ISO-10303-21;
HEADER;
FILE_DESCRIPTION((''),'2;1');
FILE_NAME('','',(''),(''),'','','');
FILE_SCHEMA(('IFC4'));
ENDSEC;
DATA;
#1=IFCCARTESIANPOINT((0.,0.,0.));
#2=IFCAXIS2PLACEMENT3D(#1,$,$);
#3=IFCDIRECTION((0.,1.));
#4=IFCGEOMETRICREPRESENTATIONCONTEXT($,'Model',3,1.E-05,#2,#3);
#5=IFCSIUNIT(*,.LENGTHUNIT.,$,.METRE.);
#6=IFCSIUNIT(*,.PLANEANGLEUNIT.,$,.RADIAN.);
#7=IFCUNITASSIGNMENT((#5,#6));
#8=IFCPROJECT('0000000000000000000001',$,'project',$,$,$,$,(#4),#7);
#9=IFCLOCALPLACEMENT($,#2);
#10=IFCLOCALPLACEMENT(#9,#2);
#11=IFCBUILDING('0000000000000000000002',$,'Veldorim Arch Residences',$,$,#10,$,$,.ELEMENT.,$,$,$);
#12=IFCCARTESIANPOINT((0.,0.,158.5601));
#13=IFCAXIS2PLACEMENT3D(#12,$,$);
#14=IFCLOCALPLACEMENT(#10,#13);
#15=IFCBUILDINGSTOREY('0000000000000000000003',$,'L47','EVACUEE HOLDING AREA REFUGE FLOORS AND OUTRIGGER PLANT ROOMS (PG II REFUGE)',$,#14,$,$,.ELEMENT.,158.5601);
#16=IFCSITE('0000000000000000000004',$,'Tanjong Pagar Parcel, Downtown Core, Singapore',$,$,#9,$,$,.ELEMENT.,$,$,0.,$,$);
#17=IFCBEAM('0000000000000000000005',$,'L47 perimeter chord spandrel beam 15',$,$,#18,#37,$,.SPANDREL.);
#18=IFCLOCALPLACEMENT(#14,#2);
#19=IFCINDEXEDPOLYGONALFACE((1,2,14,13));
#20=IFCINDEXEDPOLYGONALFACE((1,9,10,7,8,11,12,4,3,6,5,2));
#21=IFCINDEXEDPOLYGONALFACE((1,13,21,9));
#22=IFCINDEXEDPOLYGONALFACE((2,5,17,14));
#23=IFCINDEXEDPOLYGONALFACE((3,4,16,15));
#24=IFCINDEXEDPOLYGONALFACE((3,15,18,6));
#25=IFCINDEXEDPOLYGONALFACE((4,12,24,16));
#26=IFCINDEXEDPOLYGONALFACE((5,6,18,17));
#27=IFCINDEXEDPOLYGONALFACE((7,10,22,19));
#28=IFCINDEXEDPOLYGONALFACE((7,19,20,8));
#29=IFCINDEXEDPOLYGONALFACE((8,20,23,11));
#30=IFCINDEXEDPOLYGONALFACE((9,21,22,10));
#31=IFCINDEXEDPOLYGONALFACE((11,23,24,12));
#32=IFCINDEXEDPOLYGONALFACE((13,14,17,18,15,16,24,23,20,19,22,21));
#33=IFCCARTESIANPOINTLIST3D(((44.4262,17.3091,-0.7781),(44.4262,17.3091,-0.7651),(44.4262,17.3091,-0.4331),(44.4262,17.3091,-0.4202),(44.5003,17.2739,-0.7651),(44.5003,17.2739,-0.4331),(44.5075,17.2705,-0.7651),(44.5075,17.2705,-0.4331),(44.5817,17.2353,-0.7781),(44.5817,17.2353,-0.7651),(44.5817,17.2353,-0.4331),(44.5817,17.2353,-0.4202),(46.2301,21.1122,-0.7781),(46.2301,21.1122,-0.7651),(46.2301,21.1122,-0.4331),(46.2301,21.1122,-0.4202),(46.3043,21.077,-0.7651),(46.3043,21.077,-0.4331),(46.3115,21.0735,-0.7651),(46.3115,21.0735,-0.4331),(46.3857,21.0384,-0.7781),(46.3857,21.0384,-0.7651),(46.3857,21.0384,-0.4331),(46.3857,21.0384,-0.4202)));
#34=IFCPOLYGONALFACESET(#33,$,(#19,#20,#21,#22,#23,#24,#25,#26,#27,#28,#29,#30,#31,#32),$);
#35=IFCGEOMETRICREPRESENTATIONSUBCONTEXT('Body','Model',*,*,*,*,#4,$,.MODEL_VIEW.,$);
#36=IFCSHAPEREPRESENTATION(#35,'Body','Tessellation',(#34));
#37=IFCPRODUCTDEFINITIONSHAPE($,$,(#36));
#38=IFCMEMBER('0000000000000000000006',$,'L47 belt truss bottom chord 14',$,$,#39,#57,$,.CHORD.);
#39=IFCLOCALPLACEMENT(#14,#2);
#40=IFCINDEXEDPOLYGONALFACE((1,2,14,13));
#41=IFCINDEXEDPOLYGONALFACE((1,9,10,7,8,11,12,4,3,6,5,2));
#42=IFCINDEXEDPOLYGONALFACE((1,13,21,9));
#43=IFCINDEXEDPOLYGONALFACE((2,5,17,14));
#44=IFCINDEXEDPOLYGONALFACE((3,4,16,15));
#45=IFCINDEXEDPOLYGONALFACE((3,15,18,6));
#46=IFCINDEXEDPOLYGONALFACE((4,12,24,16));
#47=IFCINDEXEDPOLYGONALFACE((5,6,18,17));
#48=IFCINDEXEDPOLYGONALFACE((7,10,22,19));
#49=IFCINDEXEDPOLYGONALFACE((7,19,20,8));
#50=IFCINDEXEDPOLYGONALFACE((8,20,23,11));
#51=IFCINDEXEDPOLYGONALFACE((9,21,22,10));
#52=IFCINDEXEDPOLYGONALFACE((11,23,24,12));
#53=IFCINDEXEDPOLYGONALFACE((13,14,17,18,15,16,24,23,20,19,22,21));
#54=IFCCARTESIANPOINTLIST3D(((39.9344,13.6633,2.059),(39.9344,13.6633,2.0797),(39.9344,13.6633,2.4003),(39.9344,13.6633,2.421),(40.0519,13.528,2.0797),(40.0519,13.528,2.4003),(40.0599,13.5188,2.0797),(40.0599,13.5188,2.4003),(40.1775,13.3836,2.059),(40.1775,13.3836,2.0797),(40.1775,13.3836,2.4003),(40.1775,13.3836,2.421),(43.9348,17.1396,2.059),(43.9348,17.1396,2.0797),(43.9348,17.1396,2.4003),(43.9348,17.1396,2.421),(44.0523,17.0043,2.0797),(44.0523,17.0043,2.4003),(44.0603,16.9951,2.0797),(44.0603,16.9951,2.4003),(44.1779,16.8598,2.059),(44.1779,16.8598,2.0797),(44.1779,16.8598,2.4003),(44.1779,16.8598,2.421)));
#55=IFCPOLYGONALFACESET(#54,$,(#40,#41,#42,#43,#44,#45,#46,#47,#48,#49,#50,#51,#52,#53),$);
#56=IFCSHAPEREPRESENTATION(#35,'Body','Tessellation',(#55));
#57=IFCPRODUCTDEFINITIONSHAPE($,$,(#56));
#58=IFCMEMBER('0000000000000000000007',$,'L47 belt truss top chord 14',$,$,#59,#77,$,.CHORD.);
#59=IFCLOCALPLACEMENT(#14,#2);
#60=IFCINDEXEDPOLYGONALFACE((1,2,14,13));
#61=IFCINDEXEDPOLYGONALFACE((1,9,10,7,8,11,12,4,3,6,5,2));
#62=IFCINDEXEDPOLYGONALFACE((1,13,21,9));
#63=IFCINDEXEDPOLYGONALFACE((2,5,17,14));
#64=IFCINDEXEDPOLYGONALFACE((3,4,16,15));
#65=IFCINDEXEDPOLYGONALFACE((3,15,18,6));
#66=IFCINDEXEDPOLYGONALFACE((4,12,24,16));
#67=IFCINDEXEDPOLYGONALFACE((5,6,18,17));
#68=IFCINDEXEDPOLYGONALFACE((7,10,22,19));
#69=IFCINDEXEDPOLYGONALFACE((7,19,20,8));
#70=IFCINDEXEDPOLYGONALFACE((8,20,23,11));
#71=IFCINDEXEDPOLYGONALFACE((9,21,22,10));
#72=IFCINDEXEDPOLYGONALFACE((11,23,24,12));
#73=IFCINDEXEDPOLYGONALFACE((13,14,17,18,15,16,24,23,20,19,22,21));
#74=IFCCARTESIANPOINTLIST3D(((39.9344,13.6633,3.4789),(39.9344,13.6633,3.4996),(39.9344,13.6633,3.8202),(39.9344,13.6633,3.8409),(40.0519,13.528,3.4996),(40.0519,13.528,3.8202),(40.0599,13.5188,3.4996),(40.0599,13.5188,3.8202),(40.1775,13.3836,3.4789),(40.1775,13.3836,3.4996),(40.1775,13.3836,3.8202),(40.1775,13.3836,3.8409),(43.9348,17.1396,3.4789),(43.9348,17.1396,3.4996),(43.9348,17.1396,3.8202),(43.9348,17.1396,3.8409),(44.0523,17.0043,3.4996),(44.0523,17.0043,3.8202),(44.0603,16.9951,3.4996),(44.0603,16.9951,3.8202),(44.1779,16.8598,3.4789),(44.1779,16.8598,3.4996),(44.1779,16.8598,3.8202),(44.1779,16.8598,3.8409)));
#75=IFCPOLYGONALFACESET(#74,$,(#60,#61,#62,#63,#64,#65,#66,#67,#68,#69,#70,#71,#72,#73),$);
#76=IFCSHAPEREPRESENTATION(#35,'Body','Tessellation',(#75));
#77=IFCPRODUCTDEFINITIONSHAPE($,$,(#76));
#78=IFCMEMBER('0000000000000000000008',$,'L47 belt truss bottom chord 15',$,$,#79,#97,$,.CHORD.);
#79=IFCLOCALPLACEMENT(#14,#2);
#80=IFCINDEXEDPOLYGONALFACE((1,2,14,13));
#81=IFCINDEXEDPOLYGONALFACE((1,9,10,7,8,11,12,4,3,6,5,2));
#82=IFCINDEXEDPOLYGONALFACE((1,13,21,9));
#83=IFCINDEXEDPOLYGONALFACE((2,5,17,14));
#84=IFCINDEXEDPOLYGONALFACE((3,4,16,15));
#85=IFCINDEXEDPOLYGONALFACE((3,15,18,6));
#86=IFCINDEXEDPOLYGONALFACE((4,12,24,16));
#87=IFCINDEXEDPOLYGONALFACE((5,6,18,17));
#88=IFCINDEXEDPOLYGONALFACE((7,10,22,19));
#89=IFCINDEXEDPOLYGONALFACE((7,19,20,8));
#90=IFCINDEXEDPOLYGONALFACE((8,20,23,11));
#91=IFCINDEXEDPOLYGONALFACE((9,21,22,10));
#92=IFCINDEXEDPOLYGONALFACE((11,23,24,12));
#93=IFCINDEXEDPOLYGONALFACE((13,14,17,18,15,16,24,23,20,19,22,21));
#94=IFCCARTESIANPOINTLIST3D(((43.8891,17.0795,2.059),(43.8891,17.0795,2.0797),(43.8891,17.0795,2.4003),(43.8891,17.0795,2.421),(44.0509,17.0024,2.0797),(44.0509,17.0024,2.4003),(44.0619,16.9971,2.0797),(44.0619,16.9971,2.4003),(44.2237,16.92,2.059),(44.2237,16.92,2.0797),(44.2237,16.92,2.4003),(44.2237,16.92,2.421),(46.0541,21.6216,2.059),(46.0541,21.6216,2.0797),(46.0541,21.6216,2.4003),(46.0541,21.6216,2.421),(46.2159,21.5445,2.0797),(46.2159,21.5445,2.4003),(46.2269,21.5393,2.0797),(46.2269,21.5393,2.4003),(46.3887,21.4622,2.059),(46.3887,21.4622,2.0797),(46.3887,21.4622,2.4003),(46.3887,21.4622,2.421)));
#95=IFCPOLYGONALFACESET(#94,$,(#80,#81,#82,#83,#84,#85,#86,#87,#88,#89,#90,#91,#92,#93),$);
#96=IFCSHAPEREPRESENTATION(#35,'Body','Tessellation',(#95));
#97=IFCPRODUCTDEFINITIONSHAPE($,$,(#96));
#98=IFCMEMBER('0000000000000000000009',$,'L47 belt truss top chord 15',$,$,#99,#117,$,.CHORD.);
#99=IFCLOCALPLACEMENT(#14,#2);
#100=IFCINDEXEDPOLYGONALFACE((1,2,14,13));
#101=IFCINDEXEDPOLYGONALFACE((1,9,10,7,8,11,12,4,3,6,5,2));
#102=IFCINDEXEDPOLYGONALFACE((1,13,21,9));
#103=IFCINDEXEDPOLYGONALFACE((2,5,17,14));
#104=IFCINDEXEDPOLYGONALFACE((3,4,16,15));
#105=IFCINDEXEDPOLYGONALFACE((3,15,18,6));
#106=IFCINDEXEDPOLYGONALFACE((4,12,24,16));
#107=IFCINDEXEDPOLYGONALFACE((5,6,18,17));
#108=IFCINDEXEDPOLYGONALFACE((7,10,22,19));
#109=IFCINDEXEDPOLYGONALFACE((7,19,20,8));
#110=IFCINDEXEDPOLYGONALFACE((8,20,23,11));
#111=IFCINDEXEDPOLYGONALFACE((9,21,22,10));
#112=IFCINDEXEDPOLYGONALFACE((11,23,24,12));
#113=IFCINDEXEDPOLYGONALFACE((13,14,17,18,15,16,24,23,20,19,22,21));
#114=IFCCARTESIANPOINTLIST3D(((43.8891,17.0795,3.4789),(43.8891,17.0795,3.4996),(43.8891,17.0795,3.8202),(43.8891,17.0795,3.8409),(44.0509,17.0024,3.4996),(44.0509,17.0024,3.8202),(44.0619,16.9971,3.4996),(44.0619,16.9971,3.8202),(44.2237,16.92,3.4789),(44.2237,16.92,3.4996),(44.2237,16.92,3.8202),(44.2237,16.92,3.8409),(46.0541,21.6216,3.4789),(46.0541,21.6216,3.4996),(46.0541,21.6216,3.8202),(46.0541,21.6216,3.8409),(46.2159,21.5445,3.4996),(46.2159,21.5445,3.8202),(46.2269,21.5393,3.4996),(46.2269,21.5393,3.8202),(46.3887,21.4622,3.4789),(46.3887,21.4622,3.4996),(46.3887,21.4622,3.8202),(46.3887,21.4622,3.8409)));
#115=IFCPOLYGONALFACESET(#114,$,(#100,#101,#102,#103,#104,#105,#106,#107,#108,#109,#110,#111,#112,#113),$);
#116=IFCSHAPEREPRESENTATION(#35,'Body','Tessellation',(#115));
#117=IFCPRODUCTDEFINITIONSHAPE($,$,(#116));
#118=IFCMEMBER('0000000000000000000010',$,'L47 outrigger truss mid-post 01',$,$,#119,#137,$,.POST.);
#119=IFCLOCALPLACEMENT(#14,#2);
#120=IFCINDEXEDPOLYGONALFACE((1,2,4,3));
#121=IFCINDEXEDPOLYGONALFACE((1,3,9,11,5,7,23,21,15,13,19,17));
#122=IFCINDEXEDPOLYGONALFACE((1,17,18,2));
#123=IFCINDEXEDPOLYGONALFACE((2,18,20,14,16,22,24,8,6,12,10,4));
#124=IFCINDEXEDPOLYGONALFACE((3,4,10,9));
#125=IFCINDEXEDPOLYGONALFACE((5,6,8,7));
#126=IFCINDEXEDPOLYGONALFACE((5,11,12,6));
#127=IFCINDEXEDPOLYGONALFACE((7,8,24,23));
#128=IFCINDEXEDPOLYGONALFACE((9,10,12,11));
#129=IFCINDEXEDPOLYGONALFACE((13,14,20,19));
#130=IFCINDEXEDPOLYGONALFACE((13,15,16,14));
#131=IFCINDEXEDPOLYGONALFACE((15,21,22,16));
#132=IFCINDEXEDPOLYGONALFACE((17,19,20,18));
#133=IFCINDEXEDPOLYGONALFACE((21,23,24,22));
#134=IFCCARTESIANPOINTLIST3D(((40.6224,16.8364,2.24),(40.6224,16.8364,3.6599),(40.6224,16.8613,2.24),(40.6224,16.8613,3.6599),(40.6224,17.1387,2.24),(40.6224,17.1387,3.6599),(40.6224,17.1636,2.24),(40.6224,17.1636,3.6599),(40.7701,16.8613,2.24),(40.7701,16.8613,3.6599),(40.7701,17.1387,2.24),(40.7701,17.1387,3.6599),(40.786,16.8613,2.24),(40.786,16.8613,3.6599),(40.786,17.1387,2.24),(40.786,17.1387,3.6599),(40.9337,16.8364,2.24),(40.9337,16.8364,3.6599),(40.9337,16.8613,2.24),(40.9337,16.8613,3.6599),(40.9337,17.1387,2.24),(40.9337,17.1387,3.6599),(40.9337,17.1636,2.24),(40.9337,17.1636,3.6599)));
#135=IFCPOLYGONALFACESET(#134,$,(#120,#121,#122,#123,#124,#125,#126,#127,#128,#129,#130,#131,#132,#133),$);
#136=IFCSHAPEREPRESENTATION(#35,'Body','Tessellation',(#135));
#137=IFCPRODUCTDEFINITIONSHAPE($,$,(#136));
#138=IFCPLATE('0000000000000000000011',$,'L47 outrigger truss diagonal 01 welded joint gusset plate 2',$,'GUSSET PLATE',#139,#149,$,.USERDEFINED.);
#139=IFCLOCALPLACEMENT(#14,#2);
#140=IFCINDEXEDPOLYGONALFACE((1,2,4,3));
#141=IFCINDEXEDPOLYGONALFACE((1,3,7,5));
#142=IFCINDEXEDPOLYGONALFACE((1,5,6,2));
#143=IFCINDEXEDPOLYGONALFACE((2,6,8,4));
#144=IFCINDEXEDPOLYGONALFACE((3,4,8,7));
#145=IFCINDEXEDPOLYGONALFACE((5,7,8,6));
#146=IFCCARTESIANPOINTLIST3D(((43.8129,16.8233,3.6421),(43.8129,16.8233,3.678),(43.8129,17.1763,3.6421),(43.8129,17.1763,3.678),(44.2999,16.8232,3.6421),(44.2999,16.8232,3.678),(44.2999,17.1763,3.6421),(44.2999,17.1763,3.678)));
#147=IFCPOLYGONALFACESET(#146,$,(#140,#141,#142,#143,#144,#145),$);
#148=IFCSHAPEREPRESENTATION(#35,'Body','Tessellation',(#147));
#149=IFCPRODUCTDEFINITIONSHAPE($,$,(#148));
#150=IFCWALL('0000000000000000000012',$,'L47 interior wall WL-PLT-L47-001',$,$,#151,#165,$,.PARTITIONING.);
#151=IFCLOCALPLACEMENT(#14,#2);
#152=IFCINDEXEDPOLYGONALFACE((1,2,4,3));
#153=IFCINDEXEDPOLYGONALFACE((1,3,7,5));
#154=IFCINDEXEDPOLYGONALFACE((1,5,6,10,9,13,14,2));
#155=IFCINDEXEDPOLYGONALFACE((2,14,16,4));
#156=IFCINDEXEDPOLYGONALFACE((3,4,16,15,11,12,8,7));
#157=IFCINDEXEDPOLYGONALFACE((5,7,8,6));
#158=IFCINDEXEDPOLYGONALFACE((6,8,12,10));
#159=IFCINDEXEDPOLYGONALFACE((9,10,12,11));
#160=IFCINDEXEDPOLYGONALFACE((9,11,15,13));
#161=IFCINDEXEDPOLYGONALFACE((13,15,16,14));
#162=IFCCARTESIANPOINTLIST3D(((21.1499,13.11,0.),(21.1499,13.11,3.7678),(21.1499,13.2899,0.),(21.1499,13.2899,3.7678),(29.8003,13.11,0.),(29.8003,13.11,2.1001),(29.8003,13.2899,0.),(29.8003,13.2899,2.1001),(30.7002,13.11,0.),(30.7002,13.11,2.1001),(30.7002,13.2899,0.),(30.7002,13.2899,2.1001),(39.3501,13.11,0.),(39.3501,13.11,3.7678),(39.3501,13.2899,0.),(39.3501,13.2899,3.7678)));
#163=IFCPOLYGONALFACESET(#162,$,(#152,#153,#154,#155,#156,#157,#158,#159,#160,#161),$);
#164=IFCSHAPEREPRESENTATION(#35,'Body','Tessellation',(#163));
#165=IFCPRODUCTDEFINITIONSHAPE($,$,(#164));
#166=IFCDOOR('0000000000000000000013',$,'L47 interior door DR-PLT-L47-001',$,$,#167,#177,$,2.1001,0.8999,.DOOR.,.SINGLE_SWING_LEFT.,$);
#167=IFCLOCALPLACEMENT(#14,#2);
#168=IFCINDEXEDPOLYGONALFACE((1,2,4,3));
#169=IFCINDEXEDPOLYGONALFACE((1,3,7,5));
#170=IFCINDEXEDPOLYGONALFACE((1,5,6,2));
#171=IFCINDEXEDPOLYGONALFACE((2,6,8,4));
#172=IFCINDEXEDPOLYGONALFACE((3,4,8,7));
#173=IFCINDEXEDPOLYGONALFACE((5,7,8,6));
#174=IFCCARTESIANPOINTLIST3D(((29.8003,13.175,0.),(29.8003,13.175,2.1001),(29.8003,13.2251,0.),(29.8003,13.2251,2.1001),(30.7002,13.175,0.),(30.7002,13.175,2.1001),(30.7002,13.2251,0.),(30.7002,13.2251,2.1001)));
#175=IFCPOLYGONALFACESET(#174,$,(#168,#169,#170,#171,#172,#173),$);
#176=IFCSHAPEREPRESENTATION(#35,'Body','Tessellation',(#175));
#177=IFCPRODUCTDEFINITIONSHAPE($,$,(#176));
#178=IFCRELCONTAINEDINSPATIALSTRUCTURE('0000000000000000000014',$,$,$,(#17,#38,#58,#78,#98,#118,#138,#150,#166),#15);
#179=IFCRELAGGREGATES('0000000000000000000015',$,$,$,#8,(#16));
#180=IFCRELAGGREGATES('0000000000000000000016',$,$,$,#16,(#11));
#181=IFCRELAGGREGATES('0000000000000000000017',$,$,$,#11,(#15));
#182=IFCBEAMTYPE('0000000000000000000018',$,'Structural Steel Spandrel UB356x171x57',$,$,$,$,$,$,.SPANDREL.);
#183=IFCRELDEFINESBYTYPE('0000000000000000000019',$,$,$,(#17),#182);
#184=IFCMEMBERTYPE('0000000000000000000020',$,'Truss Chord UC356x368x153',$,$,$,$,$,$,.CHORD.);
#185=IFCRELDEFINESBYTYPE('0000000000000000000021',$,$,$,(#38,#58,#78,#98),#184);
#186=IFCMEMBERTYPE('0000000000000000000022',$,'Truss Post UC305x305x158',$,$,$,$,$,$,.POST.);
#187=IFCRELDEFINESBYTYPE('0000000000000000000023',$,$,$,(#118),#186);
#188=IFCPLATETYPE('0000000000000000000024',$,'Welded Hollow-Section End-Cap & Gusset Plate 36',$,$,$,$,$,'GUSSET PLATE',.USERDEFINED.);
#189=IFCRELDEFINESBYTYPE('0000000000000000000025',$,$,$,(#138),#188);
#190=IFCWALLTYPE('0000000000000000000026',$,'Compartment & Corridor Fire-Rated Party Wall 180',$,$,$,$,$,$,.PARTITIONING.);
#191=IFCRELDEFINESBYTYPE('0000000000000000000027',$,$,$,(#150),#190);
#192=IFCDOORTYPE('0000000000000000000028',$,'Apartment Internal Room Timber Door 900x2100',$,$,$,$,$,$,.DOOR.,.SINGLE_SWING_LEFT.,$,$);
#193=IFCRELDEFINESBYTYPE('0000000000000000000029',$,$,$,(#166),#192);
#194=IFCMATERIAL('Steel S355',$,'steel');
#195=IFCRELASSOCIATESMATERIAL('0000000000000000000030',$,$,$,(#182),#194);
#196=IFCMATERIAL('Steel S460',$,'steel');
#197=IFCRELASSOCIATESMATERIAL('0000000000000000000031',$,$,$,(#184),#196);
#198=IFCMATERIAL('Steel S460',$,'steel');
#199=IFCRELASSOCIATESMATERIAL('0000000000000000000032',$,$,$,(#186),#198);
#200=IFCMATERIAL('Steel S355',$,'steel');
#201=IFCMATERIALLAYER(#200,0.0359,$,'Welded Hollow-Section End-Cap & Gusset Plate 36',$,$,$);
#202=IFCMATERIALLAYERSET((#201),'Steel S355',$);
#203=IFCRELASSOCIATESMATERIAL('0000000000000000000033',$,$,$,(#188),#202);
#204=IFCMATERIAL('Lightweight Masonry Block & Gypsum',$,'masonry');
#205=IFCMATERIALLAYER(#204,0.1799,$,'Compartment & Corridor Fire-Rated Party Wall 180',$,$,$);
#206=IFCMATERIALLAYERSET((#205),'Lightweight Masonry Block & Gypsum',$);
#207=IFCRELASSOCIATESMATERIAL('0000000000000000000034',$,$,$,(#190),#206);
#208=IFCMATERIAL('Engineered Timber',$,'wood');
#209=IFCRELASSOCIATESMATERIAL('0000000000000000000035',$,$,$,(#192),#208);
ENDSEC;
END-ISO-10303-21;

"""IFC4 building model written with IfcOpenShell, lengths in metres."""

from ifc_helpers import new_model, si_unit, direction, frame, frame_2d, origin, origin_2d, place, context, subcontext, project, spatial, rectangle, i_section, extrude, material, layer, layer_set, material_profile, profile_set, type_object, element, fill, save


model = new_model("IFC4")

# Units and contexts
model_context = context("Model", 3, precision=1e-05, world=origin(), true_north=direction((0.0, 1.0)))
body_context = subcontext(model_context, "Body", "Model", "MODEL_VIEW")
ifc_project = project(units=[si_unit("LENGTHUNIT", "METRE"), si_unit("PLANEANGLEUNIT", "RADIAN")], contexts=[model_context])

# Site, building, storey
site_placement = place(None, origin())
site = spatial("IfcSite", under=ifc_project, at=site_placement, Name="Tanjong Pagar Parcel, Downtown Core, Singapore", CompositionType="ELEMENT", RefElevation=0.0)
building_placement = place(site_placement, origin())
building = spatial("IfcBuilding", under=site, at=building_placement, Name="Veldorim Arch Residences", CompositionType="ELEMENT")
storey_placement = place(building_placement, frame((0.0, 0.0, 158.5601)))
storey = spatial("IfcBuildingStorey", under=building, at=storey_placement, Name="L47", Description="EVACUEE HOLDING AREA REFUGE FLOORS AND OUTRIGGER PLANT ROOMS (PG II REFUGE)", CompositionType="ELEMENT", Elevation=158.5601)

# Beam
ifc_material_1 = material(Name="Steel S355", Category="steel")
ifc_material_profile_1 = material_profile(ifc_material_1, i_section(OverallWidth=0.1721, OverallDepth=0.3579, WebThickness=0.0081, FlangeThickness=0.0129, at=origin_2d()), Name="UB356x171x57")
ifc_profile_set_1 = profile_set([ifc_material_profile_1], Name="Steel S355")
beam_type_1 = type_object("IfcBeamType", Name="Structural Steel Spandrel UB356x171x57", PredefinedType="SPANDREL", material=ifc_profile_set_1)
beam_1_placement = place(storey_placement, frame((44.5039, 17.2722, -0.5991), z_axis=(0.42858, 0.903504, 0.0), x_axis=(-0.903504, 0.42858, 0.0)))
element("IfcBeam", 1, at=beam_1_placement, inside=storey, type_object=beam_type_1, Name="L47 perimeter chord spandrel beam 15", PredefinedType="SPANDREL", context=body_context, shape_type="SweptSolid", body=[
    extrude(i_section(OverallWidth=0.1721, OverallDepth=0.3579, WebThickness=0.0081, FlangeThickness=0.0129, at=origin_2d()), origin(), (0.0, 0.0, 1.0), 4.2092),
])

# Members
ifc_material_2 = material(Name="Steel S460", Category="steel")
ifc_material_profile_2 = material_profile(ifc_material_2, i_section(OverallWidth=0.3706, OverallDepth=0.3621, WebThickness=0.0122, FlangeThickness=0.0208, at=origin_2d()), Name="UC356x368x153")
ifc_profile_set_2 = profile_set([ifc_material_profile_2], Name="Steel S460")
member_type_1 = type_object("IfcMemberType", Name="Truss Chord UC356x368x153", PredefinedType="CHORD", material=ifc_profile_set_2)
for number, where, z_axis, x_axis, name in (
    (2, (40.0559, 13.5234, 2.24), (0.754827, 0.655924, 0.0), (-0.655924, 0.754827, 0.0), "L47 belt truss bottom chord 14"),
    (3, (40.0559, 13.5234, 3.6599), (0.754827, 0.655924, 0.0), (-0.655924, 0.754827, 0.0), "L47 belt truss top chord 14"),
):
    element("IfcMember", number, at=place(storey_placement, frame(where, z_axis=z_axis, x_axis=x_axis)), inside=storey, type_object=member_type_1, Name=name, PredefinedType="CHORD", context=body_context, shape_type="SweptSolid", body=[
        extrude(i_section(OverallWidth=0.3706, OverallDepth=0.3621, WebThickness=0.0122, FlangeThickness=0.0208, at=origin_2d()), origin(), (0.0, 0.0, 1.0), 5.2998),
    ])
for number, where, z_axis, x_axis, name in (
    (4, (44.0564, 16.9998, 2.24), (0.430269, 0.902701, 0.0), (-0.902701, 0.430269, 0.0), "L47 belt truss bottom chord 15"),
    (5, (44.0564, 16.9998, 3.6599), (0.430269, 0.902701, 0.0), (-0.902701, 0.430269, 0.0), "L47 belt truss top chord 15"),
):
    element("IfcMember", number, at=place(storey_placement, frame(where, z_axis=z_axis, x_axis=x_axis)), inside=storey, type_object=member_type_1, Name=name, PredefinedType="CHORD", context=body_context, shape_type="SweptSolid", body=[
        extrude(i_section(OverallWidth=0.3706, OverallDepth=0.3621, WebThickness=0.0122, FlangeThickness=0.0208, at=origin_2d()), origin(), (0.0, 0.0, 1.0), 5.0317),
    ])
ifc_material_3 = material(Name="Steel S460", Category="steel")
ifc_material_profile_3 = material_profile(ifc_material_3, i_section(OverallWidth=0.3113, OverallDepth=0.3271, WebThickness=0.0159, FlangeThickness=0.0249, at=origin_2d()), Name="UC305x305x158")
ifc_profile_set_3 = profile_set([ifc_material_profile_3], Name="Steel S460")
member_type_2 = type_object("IfcMemberType", Name="Truss Post UC305x305x158", PredefinedType="POST", material=ifc_profile_set_3)
member_placement = place(storey_placement, frame((40.7781, 17.0, 2.24), z_axis=(0.0, 0.0, 1.0), x_axis=(1.0, 0.0, 0.0)))
element("IfcMember", 6, at=member_placement, inside=storey, type_object=member_type_2, Name="L47 outrigger truss mid-post 01", PredefinedType="POST", context=body_context, shape_type="SweptSolid", body=[
    extrude(i_section(OverallWidth=0.3113, OverallDepth=0.3271, WebThickness=0.0159, FlangeThickness=0.0249, at=origin_2d()), origin(), (0.0, 0.0, 1.0), 1.4199),
])

# Plate
ifc_material_4 = material(Name="Steel S355", Category="steel")
ifc_layer_1 = layer(ifc_material_4, 0.0359, Name="Welded Hollow-Section End-Cap & Gusset Plate 36")
ifc_layer_set_1 = layer_set([ifc_layer_1], Name="Steel S355")
plate_type = type_object("IfcPlateType", Name="Welded Hollow-Section End-Cap & Gusset Plate 36", ElementType="GUSSET PLATE", PredefinedType="USERDEFINED", material=ifc_layer_set_1)
plate_placement = place(storey_placement, frame((44.0564, 16.9998, 3.6421), z_axis=(0.0, 0.0, 1.0), x_axis=(1.0, -0.000035, 0.0)))
element("IfcPlate", 7, at=plate_placement, inside=storey, type_object=plate_type, Name="L47 outrigger truss diagonal 01 welded joint gusset plate 2", ObjectType="GUSSET PLATE", PredefinedType="USERDEFINED", context=body_context, shape_type="SweptSolid", body=[
    extrude(rectangle(XDim=0.4871, YDim=0.353, at=origin_2d()), origin(), (0.0, 0.0, 1.0), 0.0359),
])

# Wall, opening, door
ifc_material_5 = material(Name="Lightweight Masonry Block & Gypsum", Category="masonry")
ifc_layer_2 = layer(ifc_material_5, 0.1799, Name="Compartment & Corridor Fire-Rated Party Wall 180")
ifc_layer_set_2 = layer_set([ifc_layer_2], Name="Lightweight Masonry Block & Gypsum")
wall_type_1 = type_object("IfcWallType", Name="Compartment & Corridor Fire-Rated Party Wall 180", PredefinedType="PARTITIONING", material=ifc_layer_set_2)
wall_1_placement = place(storey_placement, frame((39.3501, 13.2, 0.0), z_axis=(0.0, 0.0, 1.0), x_axis=(-1.0, 0.0, 0.0)))
wall_1 = element("IfcWall", 8, at=wall_1_placement, inside=storey, type_object=wall_type_1, Name="L47 interior wall WL-PLT-L47-001", PredefinedType="PARTITIONING", context=body_context, shape_type="SweptSolid", body=[
    extrude(rectangle(XDim=18.2002, YDim=0.1799, at=frame_2d((9.1001, 0.0))), origin(), (0.0, 0.0, 1.0), 3.7678),
])
opening_placement = place(wall_1_placement, frame((8.6499, 0.0, 0.0)))
opening = element("IfcOpeningElement", 9, at=opening_placement, cuts=wall_1, PredefinedType="OPENING", context=body_context, shape_type="SweptSolid", body=[
    extrude(rectangle(XDim=0.8999, YDim=2.1001, at=frame_2d((0.45, 1.05))), frame((0.0, 0.0999, 0.0), z_axis=(0.0, -1.0, 0.0), x_axis=(1.0, 0.0, 0.0)), (0.0, 0.0, 1.0), 0.2),
])
ifc_material_6 = material(Name="Engineered Timber", Category="wood")
door_type = type_object("IfcDoorType", Name="Apartment Internal Room Timber Door 900x2100", OperationType="SINGLE_SWING_LEFT", PredefinedType="DOOR", material=ifc_material_6)
door_placement = place(opening_placement, origin())
door = element("IfcDoor", 10, at=door_placement, inside=storey, type_object=door_type, Name="L47 interior door DR-PLT-L47-001", OperationType="SINGLE_SWING_LEFT", OverallHeight=2.1001, OverallWidth=0.8999, PredefinedType="DOOR", context=body_context, shape_type="SweptSolid", body=[
    extrude(rectangle(XDim=0.8999, YDim=2.1001, at=frame_2d((0.45, 1.05))), frame((0.0, 0.0249, 0.0), z_axis=(0.0, -1.0, 0.0), x_axis=(1.0, 0.0, 0.0)), (0.0, 0.0, 1.0), 0.05),
])
fill(opening, door)

save(model, "model.ifc")
